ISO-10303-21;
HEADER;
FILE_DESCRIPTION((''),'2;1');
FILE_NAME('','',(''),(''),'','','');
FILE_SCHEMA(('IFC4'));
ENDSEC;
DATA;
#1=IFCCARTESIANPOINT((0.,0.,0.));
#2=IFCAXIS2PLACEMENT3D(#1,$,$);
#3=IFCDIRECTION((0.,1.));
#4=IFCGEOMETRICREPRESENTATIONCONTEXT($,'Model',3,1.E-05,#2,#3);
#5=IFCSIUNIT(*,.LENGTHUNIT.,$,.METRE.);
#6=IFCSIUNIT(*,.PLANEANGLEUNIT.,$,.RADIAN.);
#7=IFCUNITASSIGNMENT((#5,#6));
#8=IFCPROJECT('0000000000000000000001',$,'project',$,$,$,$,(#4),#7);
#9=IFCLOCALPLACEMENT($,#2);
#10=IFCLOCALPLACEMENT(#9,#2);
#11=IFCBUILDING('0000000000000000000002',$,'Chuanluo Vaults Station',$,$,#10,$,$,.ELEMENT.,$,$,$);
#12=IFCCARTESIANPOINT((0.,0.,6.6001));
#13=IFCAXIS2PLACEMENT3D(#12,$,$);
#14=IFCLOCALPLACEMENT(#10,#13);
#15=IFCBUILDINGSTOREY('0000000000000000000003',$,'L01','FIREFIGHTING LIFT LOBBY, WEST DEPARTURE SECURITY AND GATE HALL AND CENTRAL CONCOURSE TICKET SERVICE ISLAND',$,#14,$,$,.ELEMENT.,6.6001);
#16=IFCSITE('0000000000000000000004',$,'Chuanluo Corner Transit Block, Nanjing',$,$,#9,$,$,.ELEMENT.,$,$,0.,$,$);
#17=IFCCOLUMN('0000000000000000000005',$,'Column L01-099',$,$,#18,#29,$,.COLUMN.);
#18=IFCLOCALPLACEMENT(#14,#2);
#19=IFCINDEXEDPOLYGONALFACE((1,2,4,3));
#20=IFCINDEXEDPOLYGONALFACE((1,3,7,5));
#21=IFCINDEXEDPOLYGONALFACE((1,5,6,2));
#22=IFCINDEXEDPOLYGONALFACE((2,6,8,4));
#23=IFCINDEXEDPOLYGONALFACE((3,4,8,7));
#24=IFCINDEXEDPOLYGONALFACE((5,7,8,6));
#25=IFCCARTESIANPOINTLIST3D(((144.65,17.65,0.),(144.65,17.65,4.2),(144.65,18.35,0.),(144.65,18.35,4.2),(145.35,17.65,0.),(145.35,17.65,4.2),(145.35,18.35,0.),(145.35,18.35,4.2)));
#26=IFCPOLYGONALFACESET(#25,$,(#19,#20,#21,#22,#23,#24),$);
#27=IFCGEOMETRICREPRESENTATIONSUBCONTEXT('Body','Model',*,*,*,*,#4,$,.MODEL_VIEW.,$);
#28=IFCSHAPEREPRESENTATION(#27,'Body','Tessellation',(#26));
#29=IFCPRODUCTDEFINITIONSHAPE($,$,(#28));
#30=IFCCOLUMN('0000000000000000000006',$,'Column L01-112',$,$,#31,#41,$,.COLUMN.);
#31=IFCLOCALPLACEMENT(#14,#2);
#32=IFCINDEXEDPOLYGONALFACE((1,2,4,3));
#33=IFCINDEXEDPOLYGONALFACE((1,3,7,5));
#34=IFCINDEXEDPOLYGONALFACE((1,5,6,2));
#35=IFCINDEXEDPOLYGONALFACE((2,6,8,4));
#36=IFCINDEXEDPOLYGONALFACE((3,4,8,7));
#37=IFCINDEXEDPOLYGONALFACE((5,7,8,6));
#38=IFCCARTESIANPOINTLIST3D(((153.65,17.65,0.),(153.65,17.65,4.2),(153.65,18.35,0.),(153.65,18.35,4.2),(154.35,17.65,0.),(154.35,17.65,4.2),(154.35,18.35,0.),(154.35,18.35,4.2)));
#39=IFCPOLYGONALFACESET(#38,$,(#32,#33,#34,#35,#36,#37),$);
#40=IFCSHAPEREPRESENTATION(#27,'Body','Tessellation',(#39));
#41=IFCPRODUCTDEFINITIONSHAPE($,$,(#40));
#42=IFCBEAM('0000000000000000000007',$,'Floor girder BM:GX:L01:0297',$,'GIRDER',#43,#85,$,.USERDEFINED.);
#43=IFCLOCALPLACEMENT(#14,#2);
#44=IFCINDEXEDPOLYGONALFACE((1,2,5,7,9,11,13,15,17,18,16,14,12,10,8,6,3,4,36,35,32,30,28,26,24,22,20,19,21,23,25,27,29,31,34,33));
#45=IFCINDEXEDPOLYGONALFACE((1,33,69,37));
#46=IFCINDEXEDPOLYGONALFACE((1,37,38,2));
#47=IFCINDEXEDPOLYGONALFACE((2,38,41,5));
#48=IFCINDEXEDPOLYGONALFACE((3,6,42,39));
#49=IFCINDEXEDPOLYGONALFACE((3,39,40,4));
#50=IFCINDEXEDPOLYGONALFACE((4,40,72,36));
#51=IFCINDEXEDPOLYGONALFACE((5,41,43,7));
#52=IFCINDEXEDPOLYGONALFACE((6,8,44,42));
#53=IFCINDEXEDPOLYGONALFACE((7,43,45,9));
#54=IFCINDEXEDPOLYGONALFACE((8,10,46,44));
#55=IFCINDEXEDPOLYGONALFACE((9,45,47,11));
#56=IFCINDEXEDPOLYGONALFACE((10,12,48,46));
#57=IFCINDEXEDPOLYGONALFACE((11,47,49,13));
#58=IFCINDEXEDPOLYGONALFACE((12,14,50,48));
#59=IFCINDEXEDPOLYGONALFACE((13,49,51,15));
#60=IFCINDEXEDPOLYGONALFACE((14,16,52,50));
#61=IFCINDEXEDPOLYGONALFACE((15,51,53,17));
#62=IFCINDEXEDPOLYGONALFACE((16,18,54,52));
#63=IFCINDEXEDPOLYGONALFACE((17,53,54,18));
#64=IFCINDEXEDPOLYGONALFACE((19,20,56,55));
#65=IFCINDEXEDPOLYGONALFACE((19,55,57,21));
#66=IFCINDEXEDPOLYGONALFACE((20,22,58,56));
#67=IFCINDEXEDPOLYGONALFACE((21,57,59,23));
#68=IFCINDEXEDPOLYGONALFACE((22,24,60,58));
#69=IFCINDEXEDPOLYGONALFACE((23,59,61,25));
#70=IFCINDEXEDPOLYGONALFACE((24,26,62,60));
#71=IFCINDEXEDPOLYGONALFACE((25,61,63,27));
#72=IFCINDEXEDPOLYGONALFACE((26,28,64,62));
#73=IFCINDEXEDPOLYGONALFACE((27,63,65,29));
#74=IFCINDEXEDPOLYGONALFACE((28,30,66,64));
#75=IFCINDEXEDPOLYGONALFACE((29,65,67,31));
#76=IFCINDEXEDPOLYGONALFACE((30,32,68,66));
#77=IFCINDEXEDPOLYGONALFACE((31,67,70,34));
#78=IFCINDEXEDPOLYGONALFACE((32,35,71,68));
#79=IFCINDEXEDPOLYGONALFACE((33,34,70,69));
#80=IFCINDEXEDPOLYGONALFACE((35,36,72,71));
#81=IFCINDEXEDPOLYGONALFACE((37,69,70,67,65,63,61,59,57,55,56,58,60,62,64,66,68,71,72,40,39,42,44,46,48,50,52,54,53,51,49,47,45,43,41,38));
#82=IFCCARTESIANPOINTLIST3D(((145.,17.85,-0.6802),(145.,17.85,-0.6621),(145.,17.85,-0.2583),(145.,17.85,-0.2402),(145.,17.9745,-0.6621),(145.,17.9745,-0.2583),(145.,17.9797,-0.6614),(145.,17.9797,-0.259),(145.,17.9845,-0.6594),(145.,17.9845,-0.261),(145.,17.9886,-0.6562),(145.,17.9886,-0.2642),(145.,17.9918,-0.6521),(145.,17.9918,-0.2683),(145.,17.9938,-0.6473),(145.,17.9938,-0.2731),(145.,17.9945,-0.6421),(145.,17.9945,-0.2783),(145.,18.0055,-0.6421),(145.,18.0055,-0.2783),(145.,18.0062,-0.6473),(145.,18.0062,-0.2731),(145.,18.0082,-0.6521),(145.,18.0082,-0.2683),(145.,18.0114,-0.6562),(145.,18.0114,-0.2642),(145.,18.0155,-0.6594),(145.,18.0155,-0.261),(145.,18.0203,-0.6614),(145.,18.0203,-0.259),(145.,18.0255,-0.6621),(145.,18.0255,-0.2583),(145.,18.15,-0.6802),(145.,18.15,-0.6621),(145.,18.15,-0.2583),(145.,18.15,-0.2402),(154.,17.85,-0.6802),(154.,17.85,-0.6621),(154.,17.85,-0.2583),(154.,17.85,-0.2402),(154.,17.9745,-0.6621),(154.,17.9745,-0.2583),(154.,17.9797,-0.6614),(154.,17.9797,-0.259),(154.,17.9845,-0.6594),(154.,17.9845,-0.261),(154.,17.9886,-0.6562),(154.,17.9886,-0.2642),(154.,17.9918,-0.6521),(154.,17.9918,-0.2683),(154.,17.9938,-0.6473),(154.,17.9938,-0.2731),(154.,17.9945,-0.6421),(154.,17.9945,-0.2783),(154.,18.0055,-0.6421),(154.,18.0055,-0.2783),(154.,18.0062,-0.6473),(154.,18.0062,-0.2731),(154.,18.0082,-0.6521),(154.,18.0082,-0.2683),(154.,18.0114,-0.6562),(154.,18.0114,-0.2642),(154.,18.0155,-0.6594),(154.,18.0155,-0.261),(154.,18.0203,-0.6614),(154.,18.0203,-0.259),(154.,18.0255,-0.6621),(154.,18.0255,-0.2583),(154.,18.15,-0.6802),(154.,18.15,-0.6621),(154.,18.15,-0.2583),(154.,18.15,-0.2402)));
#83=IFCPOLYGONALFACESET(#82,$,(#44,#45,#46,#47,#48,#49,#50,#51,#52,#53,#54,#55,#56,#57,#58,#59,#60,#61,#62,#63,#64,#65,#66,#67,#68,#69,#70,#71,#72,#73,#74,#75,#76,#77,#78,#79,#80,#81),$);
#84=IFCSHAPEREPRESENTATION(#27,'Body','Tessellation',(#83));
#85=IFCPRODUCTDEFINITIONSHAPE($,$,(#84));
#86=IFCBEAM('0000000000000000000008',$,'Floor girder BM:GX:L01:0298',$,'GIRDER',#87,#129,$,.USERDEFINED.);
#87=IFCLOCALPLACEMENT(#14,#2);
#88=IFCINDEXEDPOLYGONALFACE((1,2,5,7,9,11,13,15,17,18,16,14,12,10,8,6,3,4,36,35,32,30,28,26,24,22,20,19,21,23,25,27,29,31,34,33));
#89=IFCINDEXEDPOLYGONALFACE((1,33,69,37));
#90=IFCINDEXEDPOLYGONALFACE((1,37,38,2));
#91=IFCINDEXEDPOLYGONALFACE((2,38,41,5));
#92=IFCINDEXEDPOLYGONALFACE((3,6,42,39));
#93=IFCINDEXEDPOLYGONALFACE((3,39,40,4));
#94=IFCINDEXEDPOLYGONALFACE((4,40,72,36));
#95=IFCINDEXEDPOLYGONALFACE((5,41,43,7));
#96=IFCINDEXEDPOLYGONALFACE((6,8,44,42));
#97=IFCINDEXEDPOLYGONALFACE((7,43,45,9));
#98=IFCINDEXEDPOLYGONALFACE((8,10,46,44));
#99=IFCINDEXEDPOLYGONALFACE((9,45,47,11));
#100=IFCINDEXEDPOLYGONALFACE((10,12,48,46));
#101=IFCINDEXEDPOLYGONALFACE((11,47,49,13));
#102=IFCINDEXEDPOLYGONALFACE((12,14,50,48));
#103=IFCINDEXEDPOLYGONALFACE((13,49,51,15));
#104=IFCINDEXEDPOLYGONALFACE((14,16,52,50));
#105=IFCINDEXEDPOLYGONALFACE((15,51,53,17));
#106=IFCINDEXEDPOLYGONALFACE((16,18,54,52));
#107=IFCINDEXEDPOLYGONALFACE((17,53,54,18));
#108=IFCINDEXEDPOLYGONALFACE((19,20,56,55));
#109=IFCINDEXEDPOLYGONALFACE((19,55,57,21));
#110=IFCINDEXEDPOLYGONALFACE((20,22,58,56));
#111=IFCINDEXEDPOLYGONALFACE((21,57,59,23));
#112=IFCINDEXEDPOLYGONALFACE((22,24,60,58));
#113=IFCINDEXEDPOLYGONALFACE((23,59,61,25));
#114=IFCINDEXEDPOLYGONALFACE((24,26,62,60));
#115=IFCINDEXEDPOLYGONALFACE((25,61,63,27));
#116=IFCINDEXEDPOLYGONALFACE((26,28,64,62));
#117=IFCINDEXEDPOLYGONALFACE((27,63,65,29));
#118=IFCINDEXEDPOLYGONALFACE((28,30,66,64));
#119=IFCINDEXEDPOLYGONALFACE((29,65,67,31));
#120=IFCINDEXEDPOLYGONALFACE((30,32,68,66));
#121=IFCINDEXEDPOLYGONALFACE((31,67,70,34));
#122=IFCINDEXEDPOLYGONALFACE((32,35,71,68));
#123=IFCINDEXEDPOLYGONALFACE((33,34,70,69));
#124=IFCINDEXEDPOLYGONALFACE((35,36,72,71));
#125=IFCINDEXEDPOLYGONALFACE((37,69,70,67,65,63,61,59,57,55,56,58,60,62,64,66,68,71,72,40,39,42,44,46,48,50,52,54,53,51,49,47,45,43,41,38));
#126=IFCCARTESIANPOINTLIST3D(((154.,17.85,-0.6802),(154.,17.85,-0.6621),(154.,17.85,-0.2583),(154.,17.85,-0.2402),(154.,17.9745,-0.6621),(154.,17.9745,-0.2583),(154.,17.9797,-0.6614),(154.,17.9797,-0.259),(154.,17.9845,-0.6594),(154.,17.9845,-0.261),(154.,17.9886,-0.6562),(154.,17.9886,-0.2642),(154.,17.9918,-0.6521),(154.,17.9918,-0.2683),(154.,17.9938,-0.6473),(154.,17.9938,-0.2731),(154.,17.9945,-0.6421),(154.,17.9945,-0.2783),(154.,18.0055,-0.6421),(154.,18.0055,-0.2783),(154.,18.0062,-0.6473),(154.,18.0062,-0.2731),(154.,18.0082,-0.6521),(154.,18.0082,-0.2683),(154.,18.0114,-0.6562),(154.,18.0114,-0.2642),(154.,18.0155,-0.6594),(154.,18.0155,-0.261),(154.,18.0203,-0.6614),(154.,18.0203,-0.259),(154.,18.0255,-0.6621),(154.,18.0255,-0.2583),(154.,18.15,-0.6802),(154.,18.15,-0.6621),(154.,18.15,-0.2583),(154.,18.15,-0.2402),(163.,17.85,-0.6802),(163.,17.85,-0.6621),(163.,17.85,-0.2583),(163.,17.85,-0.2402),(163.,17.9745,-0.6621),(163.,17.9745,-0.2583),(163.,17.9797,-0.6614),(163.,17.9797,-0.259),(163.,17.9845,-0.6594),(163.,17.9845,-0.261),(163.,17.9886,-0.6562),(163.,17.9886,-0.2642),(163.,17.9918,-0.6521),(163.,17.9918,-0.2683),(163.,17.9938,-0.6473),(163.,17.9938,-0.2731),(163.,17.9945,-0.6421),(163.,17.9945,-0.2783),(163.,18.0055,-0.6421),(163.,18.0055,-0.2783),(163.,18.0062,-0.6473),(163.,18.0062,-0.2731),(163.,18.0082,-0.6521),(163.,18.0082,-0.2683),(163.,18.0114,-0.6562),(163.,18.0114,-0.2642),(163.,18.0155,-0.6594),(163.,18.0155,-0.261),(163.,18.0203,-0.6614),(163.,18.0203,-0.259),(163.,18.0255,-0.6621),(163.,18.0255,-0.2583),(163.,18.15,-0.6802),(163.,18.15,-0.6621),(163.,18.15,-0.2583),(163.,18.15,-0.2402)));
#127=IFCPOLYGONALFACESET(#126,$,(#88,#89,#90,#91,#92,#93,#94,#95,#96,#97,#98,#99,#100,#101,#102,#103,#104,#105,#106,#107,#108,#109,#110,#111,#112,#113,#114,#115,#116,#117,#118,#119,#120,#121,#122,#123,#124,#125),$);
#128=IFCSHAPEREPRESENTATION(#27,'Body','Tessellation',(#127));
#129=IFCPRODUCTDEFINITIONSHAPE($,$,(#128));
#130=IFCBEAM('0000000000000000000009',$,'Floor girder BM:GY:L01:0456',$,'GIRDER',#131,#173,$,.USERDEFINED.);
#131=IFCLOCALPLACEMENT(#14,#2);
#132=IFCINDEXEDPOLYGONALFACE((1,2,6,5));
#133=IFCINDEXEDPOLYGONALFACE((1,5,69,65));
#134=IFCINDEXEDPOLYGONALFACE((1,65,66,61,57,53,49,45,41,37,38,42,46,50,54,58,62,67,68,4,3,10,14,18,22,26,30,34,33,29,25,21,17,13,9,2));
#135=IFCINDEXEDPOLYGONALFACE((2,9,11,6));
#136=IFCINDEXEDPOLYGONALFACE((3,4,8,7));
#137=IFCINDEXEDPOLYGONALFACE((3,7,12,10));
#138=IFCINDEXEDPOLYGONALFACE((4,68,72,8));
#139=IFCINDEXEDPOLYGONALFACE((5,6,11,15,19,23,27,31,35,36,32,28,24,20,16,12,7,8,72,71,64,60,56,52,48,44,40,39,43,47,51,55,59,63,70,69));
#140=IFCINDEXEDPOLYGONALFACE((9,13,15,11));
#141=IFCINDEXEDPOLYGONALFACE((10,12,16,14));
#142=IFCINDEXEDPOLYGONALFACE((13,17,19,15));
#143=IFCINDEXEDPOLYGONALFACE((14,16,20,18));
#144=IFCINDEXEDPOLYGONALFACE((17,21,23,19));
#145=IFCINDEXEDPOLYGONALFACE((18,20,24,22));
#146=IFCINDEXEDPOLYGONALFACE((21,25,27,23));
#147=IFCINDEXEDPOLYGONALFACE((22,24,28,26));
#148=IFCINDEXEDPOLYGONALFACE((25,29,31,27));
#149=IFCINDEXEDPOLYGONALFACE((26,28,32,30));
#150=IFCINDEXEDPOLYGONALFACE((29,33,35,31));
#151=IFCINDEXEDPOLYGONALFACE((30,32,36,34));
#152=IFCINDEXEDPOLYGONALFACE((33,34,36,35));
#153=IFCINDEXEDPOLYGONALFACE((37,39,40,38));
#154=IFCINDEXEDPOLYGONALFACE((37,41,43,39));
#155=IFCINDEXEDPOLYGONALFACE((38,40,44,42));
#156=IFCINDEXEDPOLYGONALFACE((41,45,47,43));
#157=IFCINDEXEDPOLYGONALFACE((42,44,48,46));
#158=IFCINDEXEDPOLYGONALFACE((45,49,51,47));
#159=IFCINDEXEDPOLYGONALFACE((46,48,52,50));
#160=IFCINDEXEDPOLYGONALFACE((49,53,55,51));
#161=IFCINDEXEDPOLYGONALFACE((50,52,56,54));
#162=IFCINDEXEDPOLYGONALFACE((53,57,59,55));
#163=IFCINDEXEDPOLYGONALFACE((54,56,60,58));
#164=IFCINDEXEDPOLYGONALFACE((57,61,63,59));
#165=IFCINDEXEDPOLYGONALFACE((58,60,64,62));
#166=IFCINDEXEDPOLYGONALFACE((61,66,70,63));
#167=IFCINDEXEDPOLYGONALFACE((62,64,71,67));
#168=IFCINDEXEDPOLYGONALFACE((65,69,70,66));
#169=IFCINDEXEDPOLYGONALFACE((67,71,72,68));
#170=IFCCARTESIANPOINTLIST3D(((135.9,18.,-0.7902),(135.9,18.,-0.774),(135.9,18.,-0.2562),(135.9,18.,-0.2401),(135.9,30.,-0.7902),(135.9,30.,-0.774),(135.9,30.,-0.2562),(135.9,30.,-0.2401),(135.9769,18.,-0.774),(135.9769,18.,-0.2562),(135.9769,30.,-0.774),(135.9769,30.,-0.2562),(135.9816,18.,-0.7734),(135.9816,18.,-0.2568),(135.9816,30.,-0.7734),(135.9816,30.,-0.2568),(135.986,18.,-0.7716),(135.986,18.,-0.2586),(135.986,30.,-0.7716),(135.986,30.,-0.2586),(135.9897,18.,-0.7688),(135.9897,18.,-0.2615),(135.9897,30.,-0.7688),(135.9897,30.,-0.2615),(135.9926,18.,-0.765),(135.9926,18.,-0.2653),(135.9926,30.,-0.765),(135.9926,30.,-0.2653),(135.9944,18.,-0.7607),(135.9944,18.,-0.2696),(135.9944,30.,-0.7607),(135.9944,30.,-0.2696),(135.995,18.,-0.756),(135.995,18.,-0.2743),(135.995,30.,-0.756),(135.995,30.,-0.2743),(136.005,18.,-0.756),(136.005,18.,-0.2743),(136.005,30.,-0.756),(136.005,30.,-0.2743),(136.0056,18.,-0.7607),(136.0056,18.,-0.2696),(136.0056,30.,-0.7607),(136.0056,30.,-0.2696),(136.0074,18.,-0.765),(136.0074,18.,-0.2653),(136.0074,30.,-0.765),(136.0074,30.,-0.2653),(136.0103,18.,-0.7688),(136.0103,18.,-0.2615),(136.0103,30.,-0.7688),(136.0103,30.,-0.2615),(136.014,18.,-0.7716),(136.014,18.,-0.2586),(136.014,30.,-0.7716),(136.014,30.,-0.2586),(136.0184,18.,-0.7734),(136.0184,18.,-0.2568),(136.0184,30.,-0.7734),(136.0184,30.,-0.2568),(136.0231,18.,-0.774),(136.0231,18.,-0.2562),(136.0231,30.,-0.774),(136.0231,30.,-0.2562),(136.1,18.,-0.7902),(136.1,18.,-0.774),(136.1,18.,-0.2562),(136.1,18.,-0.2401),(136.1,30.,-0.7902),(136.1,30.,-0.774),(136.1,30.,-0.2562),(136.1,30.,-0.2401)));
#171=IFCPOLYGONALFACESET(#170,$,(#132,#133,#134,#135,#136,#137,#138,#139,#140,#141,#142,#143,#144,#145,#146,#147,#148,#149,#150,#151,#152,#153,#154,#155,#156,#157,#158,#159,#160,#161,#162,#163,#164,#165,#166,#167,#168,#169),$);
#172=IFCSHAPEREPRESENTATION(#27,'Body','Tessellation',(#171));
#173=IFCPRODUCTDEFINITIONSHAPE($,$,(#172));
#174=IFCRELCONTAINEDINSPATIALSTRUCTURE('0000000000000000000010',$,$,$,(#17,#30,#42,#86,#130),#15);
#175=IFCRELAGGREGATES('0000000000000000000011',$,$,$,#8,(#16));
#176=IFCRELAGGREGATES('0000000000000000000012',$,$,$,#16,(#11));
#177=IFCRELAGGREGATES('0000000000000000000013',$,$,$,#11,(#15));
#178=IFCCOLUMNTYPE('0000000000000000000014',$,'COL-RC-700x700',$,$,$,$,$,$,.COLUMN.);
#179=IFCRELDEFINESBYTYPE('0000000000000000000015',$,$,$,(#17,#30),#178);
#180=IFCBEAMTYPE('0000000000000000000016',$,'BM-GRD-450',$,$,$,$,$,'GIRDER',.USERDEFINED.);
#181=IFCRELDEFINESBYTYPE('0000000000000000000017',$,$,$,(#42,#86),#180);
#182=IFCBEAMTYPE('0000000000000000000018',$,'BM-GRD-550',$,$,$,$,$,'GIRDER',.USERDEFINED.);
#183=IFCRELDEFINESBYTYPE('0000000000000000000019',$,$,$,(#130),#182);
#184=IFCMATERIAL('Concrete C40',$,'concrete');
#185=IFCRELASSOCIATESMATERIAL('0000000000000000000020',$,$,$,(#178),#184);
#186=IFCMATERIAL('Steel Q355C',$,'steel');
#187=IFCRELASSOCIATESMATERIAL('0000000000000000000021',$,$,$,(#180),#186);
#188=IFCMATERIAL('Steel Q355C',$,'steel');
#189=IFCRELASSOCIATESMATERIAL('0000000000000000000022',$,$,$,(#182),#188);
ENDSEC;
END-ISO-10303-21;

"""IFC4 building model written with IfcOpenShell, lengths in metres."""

from ifc_helpers import new_model, si_unit, direction, frame, origin, origin_2d, place, context, subcontext, project, spatial, rectangle, i_section, extrude, material, material_profile, profile_set, type_object, element, save


model = new_model("IFC4")

# Units and contexts
model_context = context("Model", 3, precision=1e-05, world=origin(), true_north=direction((0.0, 1.0)))
body_context = subcontext(model_context, "Body", "Model", "MODEL_VIEW")
ifc_project = project(units=[si_unit("LENGTHUNIT", "METRE"), si_unit("PLANEANGLEUNIT", "RADIAN")], contexts=[model_context])

# Site, building, storey
site_placement = place(None, origin())
site = spatial("IfcSite", under=ifc_project, at=site_placement, Name="Chuanluo Corner Transit Block, Nanjing", CompositionType="ELEMENT", RefElevation=0.0)
building_placement = place(site_placement, origin())
building = spatial("IfcBuilding", under=site, at=building_placement, Name="Chuanluo Vaults Station", CompositionType="ELEMENT")
storey_placement = place(building_placement, frame((0.0, 0.0, 6.6001)))
storey = spatial("IfcBuildingStorey", under=building, at=storey_placement, Name="L01", Description="FIREFIGHTING LIFT LOBBY, WEST DEPARTURE SECURITY AND GATE HALL AND CENTRAL CONCOURSE TICKET SERVICE ISLAND", CompositionType="ELEMENT", Elevation=6.6001)

# Columns
ifc_material_1 = material(Name="Concrete C40", Category="concrete")
ifc_material_profile_1 = material_profile(ifc_material_1, rectangle(XDim=0.7, YDim=0.7, at=origin_2d()))
ifc_profile_set_1 = profile_set([ifc_material_profile_1], Name="Concrete C40")
column_type = type_object("IfcColumnType", Name="COL-RC-700x700", PredefinedType="COLUMN", material=ifc_profile_set_1)
for number, where, z_axis, x_axis, name in (
    (1, (145.0, 18.0, 0.0), (0.0, 0.0, 1.0), (1.0, 0.0, 0.0), "Column L01-099"),
    (2, (154.0, 18.0, 0.0), (0.0, 0.0, 1.0), (1.0, 0.0, 0.0), "Column L01-112"),
):
    element("IfcColumn", number, at=place(storey_placement, frame(where, z_axis=z_axis, x_axis=x_axis)), inside=storey, type_object=column_type, Name=name, PredefinedType="COLUMN", context=body_context, shape_type="SweptSolid", body=[
        extrude(rectangle(XDim=0.7, YDim=0.7, at=origin_2d()), origin(), (0.0, 0.0, 1.0), 4.2),
    ])

# Beams
ifc_material_2 = material(Name="Steel Q355C", Category="steel")
ifc_material_profile_2 = material_profile(ifc_material_2, i_section(OverallWidth=0.3, OverallDepth=0.4399, WebThickness=0.011, FlangeThickness=0.0181, FilletRadius=0.02, at=origin_2d()))
ifc_profile_set_2 = profile_set([ifc_material_profile_2], Name="Steel Q355C")
beam_type_1 = type_object("IfcBeamType", Name="BM-GRD-450", ElementType="GIRDER", PredefinedType="USERDEFINED", material=ifc_profile_set_2)
for number, where, z_axis, x_axis, name in (
    (3, (145.0, 18.0, -0.4602), (1.0, 0.0, 0.0), (0.0, 1.0, 0.0), "Floor girder BM:GX:L01:0297"),
    (4, (154.0, 18.0, -0.4602), (1.0, 0.0, 0.0), (0.0, 1.0, 0.0), "Floor girder BM:GX:L01:0298"),
):
    element("IfcBeam", number, at=place(storey_placement, frame(where, z_axis=z_axis, x_axis=x_axis)), inside=storey, type_object=beam_type_1, Name=name, ObjectType="GIRDER", PredefinedType="USERDEFINED", context=body_context, shape_type="SweptSolid", body=[
        extrude(i_section(OverallWidth=0.3, OverallDepth=0.4399, WebThickness=0.011, FlangeThickness=0.0181, FilletRadius=0.02, at=origin_2d()), origin(), (0.0, 0.0, 1.0), 9.0),
    ])
ifc_material_3 = material(Name="Steel Q355C", Category="steel")
ifc_material_profile_3 = material_profile(ifc_material_3, i_section(OverallWidth=0.2, OverallDepth=0.55, WebThickness=0.01, FlangeThickness=0.0161, FilletRadius=0.0181, at=origin_2d()))
ifc_profile_set_3 = profile_set([ifc_material_profile_3], Name="Steel Q355C")
beam_type_2 = type_object("IfcBeamType", Name="BM-GRD-550", ElementType="GIRDER", PredefinedType="USERDEFINED", material=ifc_profile_set_3)
for number, where, z_axis, x_axis, name in (
    (5, (136.0, 18.0, -0.5151), (0.0, 1.0, 0.0), (-1.0, 0.0, 0.0), "Floor girder BM:GY:L01:0456"),
):
    element("IfcBeam", number, at=place(storey_placement, frame(where, z_axis=z_axis, x_axis=x_axis)), inside=storey, type_object=beam_type_2, Name=name, ObjectType="GIRDER", PredefinedType="USERDEFINED", context=body_context, shape_type="SweptSolid", body=[
        extrude(i_section(OverallWidth=0.2, OverallDepth=0.55, WebThickness=0.01, FlangeThickness=0.0161, FilletRadius=0.0181, at=origin_2d()), origin(), (0.0, 0.0, 1.0), 12.0),
    ])

save(model, "model.ifc")
